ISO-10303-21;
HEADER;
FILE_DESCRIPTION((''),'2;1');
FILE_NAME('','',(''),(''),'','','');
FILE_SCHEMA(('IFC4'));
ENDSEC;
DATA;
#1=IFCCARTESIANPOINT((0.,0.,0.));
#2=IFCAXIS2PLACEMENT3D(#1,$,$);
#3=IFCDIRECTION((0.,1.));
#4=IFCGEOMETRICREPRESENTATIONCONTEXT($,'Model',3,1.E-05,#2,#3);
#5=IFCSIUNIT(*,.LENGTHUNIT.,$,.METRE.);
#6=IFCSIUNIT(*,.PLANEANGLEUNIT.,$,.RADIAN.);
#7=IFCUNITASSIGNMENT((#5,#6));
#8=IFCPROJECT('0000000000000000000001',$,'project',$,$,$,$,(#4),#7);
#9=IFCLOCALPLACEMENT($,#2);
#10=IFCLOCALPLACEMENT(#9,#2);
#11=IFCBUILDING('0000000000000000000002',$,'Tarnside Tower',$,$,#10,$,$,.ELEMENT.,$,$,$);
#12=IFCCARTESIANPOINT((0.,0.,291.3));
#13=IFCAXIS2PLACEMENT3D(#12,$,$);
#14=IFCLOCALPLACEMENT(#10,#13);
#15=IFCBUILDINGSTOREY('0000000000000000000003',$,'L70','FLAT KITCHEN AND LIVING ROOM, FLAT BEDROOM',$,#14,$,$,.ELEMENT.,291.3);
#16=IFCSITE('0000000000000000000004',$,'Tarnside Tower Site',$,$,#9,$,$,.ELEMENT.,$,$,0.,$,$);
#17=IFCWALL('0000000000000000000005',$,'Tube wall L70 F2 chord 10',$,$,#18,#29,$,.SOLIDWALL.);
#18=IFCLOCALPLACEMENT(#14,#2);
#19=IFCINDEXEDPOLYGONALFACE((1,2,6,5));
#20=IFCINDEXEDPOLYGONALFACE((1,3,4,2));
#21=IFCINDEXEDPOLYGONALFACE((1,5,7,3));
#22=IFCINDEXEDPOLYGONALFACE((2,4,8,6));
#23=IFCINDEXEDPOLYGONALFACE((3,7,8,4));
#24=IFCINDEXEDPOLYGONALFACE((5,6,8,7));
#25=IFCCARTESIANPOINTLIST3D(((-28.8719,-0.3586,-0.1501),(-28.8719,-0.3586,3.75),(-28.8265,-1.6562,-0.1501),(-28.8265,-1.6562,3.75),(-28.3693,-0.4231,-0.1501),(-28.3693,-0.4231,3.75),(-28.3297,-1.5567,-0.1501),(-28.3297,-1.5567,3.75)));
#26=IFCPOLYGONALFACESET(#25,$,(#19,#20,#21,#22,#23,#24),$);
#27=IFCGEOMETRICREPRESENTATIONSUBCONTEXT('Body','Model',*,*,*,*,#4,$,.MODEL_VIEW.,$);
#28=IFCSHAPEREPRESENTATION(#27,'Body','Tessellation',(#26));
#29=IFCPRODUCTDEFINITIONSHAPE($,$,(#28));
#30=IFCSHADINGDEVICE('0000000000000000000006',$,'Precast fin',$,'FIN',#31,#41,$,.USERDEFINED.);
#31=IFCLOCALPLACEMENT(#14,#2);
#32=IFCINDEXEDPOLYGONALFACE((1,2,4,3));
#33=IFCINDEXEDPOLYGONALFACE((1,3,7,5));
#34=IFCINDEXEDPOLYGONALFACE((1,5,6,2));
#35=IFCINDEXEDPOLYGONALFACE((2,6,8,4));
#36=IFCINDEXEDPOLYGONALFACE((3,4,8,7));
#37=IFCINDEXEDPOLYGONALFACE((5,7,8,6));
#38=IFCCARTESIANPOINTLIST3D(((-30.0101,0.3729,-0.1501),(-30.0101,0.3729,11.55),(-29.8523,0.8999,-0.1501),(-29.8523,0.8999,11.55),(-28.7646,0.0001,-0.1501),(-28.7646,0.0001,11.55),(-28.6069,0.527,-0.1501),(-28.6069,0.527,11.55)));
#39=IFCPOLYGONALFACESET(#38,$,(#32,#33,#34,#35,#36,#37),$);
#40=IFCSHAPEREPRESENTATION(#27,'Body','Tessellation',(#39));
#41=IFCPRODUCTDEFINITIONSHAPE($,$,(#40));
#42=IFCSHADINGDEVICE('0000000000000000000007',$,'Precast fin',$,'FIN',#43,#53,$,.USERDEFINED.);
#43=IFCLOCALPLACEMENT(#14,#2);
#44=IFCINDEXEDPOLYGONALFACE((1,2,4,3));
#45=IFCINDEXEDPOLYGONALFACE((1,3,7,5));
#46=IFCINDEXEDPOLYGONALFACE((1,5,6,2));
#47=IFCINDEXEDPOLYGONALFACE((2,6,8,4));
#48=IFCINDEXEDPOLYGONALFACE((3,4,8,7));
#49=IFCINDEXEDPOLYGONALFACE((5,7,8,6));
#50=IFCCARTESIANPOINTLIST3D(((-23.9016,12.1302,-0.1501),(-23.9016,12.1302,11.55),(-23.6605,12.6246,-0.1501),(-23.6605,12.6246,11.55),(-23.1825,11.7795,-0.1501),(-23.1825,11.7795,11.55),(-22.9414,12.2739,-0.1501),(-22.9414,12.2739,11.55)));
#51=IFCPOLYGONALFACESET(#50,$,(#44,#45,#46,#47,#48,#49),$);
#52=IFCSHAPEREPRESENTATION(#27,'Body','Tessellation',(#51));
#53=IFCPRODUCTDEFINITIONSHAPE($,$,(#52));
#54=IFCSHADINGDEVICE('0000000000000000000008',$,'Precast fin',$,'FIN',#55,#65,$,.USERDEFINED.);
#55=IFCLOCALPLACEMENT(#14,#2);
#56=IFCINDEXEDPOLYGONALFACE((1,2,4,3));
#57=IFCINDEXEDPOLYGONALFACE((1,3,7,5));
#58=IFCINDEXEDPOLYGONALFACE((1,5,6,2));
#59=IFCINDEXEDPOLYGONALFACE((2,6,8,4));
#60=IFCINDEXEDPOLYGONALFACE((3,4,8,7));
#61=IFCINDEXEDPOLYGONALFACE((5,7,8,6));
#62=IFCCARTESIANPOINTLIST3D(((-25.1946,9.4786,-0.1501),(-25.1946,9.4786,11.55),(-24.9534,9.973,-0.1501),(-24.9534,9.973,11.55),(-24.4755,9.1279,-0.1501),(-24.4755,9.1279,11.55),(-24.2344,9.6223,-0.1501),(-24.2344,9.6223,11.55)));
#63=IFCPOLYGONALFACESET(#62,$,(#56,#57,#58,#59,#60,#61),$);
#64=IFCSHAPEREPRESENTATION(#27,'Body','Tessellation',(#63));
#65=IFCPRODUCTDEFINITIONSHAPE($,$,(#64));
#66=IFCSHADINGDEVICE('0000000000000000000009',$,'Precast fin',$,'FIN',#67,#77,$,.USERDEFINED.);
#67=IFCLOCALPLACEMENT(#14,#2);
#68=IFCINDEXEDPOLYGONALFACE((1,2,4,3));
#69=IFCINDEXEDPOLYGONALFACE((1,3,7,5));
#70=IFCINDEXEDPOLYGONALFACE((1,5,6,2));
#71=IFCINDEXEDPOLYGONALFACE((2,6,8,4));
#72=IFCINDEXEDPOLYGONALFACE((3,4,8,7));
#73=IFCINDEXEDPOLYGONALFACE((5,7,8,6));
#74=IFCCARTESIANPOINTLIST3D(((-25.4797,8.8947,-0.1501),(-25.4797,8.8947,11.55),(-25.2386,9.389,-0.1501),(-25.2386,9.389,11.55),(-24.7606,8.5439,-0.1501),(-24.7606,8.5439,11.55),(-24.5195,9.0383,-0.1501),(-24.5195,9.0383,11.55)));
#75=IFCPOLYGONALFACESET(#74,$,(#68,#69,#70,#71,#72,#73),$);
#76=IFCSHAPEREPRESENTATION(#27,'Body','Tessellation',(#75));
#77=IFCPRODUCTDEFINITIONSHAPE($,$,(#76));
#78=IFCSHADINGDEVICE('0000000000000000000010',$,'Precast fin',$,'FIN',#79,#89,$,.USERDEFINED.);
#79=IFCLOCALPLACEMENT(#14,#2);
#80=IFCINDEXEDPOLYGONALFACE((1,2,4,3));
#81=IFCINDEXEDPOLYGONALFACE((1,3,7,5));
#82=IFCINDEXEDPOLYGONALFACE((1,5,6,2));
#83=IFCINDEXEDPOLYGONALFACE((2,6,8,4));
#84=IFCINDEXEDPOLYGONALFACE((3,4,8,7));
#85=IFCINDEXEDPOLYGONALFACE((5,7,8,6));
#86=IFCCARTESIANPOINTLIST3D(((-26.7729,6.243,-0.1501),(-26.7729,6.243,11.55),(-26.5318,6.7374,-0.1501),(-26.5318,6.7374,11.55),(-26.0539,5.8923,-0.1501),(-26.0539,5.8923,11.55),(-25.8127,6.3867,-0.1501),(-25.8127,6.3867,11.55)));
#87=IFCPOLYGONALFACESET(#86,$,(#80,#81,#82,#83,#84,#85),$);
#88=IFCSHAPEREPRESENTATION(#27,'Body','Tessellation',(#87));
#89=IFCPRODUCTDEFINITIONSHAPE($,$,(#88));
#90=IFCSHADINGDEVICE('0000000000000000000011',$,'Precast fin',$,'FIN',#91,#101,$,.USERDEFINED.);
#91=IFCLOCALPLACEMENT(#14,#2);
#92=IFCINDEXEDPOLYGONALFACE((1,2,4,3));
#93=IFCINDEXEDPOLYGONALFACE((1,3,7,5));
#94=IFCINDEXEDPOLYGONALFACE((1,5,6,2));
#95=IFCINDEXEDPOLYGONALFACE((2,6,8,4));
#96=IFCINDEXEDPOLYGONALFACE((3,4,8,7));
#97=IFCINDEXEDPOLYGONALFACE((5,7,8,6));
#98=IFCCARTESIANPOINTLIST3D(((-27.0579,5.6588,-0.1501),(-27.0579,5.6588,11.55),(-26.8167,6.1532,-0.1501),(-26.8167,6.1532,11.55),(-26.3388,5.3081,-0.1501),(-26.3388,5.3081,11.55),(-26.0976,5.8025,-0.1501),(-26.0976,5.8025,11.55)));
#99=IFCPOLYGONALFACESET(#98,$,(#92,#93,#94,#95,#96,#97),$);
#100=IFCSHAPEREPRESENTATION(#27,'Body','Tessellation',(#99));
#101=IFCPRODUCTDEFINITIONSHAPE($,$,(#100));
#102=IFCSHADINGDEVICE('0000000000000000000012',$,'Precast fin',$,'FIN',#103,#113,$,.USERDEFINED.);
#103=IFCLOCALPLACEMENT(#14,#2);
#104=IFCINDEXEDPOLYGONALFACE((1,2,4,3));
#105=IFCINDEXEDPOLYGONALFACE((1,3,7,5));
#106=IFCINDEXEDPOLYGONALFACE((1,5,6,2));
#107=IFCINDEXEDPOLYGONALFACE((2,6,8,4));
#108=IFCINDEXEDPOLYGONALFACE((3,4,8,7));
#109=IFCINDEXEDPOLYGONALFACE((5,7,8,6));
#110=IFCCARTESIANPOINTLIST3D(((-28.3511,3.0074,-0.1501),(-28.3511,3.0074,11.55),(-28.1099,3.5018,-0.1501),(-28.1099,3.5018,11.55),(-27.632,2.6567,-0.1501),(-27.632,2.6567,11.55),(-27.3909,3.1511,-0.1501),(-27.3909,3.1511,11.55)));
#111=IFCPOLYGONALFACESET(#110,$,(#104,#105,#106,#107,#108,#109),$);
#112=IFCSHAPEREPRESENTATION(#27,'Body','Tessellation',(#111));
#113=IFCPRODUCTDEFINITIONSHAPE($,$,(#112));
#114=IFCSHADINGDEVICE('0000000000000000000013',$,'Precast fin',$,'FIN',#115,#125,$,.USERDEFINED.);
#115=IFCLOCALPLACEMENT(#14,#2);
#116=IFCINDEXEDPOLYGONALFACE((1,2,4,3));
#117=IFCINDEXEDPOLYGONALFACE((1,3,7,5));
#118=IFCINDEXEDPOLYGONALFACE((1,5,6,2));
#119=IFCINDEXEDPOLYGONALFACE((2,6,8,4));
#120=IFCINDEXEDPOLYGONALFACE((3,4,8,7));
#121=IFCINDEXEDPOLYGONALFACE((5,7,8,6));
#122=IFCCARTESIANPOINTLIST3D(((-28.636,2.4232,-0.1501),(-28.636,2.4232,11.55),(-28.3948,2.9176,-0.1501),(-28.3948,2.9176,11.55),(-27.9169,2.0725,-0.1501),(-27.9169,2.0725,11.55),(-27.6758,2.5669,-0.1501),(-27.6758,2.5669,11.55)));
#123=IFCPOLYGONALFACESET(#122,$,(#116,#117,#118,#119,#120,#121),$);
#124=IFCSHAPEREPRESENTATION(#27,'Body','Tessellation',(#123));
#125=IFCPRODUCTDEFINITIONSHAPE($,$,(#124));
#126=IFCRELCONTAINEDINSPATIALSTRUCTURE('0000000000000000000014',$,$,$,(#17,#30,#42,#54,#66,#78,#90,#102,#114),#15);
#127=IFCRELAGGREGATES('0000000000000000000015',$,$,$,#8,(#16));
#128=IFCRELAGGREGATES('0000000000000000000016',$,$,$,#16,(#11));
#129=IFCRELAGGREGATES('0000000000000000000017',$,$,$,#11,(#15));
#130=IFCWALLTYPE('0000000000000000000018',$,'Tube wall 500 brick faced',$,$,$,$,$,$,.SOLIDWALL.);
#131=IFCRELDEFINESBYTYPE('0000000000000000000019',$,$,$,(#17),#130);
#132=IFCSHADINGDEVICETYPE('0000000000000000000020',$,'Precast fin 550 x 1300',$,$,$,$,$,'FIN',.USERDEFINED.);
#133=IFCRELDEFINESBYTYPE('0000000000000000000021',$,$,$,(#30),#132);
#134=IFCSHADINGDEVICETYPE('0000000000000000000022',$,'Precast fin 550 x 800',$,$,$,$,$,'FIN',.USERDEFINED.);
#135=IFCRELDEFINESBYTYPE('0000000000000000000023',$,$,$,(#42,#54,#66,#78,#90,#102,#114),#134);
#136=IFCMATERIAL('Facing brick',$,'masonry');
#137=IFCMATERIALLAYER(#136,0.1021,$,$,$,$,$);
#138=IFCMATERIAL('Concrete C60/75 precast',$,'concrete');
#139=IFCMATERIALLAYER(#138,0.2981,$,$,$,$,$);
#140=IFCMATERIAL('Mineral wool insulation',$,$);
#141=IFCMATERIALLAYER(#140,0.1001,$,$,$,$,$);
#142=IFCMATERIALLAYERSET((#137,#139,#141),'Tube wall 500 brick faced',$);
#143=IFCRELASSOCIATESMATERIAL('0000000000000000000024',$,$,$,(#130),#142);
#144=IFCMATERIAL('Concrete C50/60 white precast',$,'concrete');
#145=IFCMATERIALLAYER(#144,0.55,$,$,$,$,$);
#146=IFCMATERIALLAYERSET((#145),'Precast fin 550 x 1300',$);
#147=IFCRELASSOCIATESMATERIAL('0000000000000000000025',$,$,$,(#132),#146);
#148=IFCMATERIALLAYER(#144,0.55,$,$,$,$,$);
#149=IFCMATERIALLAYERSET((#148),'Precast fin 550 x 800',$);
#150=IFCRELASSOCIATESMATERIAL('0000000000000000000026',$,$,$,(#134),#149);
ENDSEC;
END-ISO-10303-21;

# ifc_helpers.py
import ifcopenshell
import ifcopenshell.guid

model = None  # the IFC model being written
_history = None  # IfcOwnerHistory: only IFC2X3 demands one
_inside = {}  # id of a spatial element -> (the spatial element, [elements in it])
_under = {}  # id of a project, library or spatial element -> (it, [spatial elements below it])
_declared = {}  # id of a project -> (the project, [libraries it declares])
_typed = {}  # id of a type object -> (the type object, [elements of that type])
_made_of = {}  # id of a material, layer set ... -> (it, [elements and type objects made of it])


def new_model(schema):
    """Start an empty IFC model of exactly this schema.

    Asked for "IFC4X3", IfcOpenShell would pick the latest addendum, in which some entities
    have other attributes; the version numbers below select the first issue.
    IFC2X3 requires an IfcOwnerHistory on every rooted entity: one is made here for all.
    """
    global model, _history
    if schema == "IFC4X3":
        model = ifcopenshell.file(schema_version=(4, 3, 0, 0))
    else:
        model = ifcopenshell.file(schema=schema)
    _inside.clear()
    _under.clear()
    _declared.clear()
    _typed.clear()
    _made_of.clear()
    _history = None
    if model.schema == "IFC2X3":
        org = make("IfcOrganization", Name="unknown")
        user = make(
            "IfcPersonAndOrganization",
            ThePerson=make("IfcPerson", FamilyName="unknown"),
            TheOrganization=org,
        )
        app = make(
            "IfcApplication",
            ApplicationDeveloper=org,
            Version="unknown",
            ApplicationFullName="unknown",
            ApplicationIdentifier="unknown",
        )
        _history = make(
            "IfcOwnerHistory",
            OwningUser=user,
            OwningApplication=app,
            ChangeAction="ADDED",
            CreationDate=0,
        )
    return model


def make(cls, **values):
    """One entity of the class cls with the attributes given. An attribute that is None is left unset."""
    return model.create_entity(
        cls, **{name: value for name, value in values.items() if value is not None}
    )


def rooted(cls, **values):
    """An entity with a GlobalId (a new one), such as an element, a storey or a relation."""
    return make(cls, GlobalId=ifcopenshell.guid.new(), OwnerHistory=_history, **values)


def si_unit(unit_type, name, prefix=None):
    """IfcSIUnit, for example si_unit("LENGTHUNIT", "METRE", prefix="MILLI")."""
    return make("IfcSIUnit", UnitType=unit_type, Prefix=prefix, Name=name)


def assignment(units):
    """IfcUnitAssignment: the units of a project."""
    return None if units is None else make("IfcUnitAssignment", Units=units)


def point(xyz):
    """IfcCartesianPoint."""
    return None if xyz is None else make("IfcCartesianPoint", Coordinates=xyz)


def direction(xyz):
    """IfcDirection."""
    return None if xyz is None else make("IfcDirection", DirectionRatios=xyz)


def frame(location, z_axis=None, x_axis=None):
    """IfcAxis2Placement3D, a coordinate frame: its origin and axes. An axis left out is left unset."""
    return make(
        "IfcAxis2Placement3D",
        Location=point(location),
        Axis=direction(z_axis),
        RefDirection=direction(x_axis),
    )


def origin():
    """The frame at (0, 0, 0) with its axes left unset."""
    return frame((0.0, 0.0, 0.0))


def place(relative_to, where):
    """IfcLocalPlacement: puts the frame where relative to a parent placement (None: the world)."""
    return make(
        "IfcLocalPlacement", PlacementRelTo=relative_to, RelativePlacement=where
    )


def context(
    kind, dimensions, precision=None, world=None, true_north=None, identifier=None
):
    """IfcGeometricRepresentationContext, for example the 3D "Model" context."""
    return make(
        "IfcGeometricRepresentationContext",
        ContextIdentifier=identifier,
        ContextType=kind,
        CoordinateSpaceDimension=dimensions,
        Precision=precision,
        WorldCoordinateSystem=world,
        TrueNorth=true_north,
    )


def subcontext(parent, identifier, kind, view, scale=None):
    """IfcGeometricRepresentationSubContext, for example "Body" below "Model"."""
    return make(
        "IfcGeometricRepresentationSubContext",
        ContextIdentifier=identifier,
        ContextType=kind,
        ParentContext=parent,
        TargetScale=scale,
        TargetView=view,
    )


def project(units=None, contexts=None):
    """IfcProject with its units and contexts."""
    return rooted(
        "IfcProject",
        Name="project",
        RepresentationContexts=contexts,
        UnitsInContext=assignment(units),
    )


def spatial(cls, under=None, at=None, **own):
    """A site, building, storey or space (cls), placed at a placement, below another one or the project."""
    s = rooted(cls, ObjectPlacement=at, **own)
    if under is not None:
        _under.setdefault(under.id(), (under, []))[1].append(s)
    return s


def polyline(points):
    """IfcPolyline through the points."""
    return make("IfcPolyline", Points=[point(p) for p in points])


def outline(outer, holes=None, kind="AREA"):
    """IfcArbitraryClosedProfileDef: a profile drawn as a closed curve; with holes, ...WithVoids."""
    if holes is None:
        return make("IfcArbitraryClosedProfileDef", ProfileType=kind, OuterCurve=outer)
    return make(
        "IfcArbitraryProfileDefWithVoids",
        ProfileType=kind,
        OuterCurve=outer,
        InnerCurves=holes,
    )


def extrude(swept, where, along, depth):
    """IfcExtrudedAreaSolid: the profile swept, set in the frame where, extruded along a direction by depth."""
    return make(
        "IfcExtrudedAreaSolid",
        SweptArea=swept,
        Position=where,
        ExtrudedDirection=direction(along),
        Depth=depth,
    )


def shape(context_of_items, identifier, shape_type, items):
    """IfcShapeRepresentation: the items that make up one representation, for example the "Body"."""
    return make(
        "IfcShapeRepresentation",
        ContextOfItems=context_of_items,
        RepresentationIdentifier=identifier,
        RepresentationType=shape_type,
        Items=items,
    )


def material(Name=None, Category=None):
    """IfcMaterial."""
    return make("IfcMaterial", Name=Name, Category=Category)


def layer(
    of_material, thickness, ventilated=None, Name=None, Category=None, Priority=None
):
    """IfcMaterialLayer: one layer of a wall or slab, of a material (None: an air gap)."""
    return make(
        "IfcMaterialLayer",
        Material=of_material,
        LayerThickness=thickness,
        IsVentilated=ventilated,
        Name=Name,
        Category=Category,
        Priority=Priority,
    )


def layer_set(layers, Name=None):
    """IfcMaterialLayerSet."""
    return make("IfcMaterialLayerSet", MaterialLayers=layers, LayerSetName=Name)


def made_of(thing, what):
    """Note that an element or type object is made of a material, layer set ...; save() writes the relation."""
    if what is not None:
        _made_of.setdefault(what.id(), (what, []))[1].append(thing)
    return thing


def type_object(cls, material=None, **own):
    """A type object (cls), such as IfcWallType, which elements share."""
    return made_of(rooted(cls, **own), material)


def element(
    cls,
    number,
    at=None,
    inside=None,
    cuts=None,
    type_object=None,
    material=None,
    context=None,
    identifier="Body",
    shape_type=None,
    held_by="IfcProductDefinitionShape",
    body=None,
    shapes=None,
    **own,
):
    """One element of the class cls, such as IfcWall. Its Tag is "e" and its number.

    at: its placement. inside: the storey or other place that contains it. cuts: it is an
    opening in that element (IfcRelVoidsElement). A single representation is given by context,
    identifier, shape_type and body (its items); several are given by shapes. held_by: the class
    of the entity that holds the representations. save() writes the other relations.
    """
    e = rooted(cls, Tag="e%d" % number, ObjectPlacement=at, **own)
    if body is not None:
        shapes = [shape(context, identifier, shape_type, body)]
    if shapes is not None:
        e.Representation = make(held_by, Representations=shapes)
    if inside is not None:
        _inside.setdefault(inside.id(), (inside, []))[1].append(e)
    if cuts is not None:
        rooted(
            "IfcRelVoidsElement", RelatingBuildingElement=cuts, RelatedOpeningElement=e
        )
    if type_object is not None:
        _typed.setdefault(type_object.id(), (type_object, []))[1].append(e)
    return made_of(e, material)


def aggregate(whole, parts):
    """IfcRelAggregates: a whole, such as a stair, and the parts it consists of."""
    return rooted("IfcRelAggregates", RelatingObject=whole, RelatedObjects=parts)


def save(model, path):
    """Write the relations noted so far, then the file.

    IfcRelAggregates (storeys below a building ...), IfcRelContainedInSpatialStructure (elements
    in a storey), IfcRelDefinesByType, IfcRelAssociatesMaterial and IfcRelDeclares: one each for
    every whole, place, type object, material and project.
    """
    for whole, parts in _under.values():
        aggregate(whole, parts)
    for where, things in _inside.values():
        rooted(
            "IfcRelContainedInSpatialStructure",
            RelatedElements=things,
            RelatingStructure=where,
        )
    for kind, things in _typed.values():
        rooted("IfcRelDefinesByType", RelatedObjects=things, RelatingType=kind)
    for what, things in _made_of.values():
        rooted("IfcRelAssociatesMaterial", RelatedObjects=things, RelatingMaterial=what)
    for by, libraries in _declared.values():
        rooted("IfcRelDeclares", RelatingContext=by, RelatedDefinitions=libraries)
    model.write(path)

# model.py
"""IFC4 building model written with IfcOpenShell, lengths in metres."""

from ifc_helpers import new_model, si_unit, direction, frame, origin, place, context, subcontext, project, spatial, polyline, outline, extrude, material, layer, layer_set, type_object, element, save


model = new_model("IFC4")

# Units and contexts
model_context = context("Model", 3, precision=1e-05, world=origin(), true_north=direction((0.0, 1.0)))
body_context = subcontext(model_context, "Body", "Model", "MODEL_VIEW")
ifc_project = project(units=[si_unit("LENGTHUNIT", "METRE"), si_unit("PLANEANGLEUNIT", "RADIAN")], contexts=[model_context])

# Site, building, storey
site_placement = place(None, origin())
site = spatial("IfcSite", under=ifc_project, at=site_placement, Name="Tarnside Tower Site", CompositionType="ELEMENT", RefElevation=0.0)
building_placement = place(site_placement, origin())
building = spatial("IfcBuilding", under=site, at=building_placement, Name="Tarnside Tower", CompositionType="ELEMENT")
storey_placement = place(building_placement, frame((0.0, 0.0, 291.3)))
storey = spatial("IfcBuildingStorey", under=building, at=storey_placement, Name="L70", Description="FLAT KITCHEN AND LIVING ROOM, FLAT BEDROOM", CompositionType="ELEMENT", Elevation=291.3)

# Wall
ifc_material_1 = material(Name="Concrete C60/75 precast", Category="concrete")
ifc_material_2 = material(Name="Mineral wool insulation")
ifc_material_3 = material(Name="Facing brick", Category="masonry")
ifc_layer_1 = layer(ifc_material_3, 0.1021)
ifc_layer_2 = layer(ifc_material_1, 0.2981)
ifc_layer_3 = layer(ifc_material_2, 0.1001)
ifc_layer_set_1 = layer_set([ifc_layer_1, ifc_layer_2, ifc_layer_3], Name="Tube wall 500 brick faced")
wall_type_1 = type_object("IfcWallType", Name="Tube wall 500 brick faced", PredefinedType="SOLIDWALL", material=ifc_layer_set_1)
wall_1_placement = place(storey_placement, frame((-28.6206, -0.3909, -0.1501), z_axis=(0.0, 0.0, 1.0), x_axis=(0.034925, -0.99939, 0.0)))
element("IfcWall", 1, at=wall_1_placement, inside=storey, type_object=wall_type_1, Name="Tube wall L70 F2 chord 10", PredefinedType="SOLIDWALL", context=body_context, shape_type="SweptSolid", body=[
    extrude(outline(polyline([(-0.041, -0.25), (1.2573, -0.25), (1.1753, 0.25), (0.041, 0.25), (-0.041, -0.25)])), origin(), (0.0, 0.0, 1.0), 3.9001),
])

# Shading devices
ifc_material_4 = material(Name="Concrete C50/60 white precast", Category="concrete")
ifc_layer_4 = layer(ifc_material_4, 0.55)
ifc_layer_set_2 = layer_set([ifc_layer_4], Name="Precast fin 550 x 1300")
shading_device_type_1 = type_object("IfcShadingDeviceType", Name="Precast fin 550 x 1300", ElementType="FIN", PredefinedType="USERDEFINED", material=ifc_layer_set_2)
shading_device_placement = place(storey_placement, frame((-28.6858, 0.2634, -0.1501), z_axis=(0.286803, 0.95799, 0.0), x_axis=(-0.95799, 0.286803, 0.0)))
element("IfcShadingDevice", 2, at=shading_device_placement, inside=storey, type_object=shading_device_type_1, Name="Precast fin", ObjectType="FIN", PredefinedType="USERDEFINED", context=body_context, shape_type="SweptSolid", body=[
    extrude(outline(polyline([(0.0, 0.0), (1.3, 0.0), (1.3, 11.7002), (0.0, 11.7002), (0.0, 0.0)])), frame((0.0, 0.0, -0.2749)), (0.0, 0.0, 1.0), 0.55),
])
ifc_layer_5 = layer(ifc_material_4, 0.55)
ifc_layer_set_3 = layer_set([ifc_layer_5], Name="Precast fin 550 x 800")
shading_device_type_2 = type_object("IfcShadingDeviceType", Name="Precast fin 550 x 800", ElementType="FIN", PredefinedType="USERDEFINED", material=ifc_layer_set_3)
for number, where, z_axis, x_axis, name in (
    (3, (-23.062, 12.0266, -0.1501), (0.438371, 0.898794, 0.0), (-0.898794, 0.438371, 0.0), "Precast fin"),
    (4, (-24.355, 9.375, -0.1501), (0.438371, 0.898794, 0.0), (-0.898794, 0.438371, 0.0), "Precast fin"),
    (5, (-24.6401, 8.791, -0.1501), (0.438371, 0.898794, 0.0), (-0.898794, 0.438371, 0.0), "Precast fin"),
    (6, (-25.9333, 6.1394, -0.1501), (0.438371, 0.898794, 0.0), (-0.898794, 0.438371, 0.0), "Precast fin"),
    (7, (-26.2183, 5.5552, -0.1501), (0.438371, 0.898794, 0.0), (-0.898794, 0.438371, 0.0), "Precast fin"),
    (8, (-27.5115, 2.9038, -0.1501), (0.438371, 0.898794, 0.0), (-0.898794, 0.438371, 0.0), "Precast fin"),
    (9, (-27.7964, 2.3196, -0.1501), (0.438371, 0.898794, 0.0), (-0.898794, 0.438371, 0.0), "Precast fin"),
):
    element("IfcShadingDevice", number, at=place(storey_placement, frame(where, z_axis=z_axis, x_axis=x_axis)), inside=storey, type_object=shading_device_type_2, Name=name, ObjectType="FIN", PredefinedType="USERDEFINED", context=body_context, shape_type="SweptSolid", body=[
        extrude(outline(polyline([(0.0, 0.0), (0.8, 0.0), (0.8, 11.7002), (0.0, 11.7002), (0.0, 0.0)])), frame((0.0, 0.0, -0.2749)), (0.0, 0.0, 1.0), 0.55),
    ])

save(model, "model.ifc")
